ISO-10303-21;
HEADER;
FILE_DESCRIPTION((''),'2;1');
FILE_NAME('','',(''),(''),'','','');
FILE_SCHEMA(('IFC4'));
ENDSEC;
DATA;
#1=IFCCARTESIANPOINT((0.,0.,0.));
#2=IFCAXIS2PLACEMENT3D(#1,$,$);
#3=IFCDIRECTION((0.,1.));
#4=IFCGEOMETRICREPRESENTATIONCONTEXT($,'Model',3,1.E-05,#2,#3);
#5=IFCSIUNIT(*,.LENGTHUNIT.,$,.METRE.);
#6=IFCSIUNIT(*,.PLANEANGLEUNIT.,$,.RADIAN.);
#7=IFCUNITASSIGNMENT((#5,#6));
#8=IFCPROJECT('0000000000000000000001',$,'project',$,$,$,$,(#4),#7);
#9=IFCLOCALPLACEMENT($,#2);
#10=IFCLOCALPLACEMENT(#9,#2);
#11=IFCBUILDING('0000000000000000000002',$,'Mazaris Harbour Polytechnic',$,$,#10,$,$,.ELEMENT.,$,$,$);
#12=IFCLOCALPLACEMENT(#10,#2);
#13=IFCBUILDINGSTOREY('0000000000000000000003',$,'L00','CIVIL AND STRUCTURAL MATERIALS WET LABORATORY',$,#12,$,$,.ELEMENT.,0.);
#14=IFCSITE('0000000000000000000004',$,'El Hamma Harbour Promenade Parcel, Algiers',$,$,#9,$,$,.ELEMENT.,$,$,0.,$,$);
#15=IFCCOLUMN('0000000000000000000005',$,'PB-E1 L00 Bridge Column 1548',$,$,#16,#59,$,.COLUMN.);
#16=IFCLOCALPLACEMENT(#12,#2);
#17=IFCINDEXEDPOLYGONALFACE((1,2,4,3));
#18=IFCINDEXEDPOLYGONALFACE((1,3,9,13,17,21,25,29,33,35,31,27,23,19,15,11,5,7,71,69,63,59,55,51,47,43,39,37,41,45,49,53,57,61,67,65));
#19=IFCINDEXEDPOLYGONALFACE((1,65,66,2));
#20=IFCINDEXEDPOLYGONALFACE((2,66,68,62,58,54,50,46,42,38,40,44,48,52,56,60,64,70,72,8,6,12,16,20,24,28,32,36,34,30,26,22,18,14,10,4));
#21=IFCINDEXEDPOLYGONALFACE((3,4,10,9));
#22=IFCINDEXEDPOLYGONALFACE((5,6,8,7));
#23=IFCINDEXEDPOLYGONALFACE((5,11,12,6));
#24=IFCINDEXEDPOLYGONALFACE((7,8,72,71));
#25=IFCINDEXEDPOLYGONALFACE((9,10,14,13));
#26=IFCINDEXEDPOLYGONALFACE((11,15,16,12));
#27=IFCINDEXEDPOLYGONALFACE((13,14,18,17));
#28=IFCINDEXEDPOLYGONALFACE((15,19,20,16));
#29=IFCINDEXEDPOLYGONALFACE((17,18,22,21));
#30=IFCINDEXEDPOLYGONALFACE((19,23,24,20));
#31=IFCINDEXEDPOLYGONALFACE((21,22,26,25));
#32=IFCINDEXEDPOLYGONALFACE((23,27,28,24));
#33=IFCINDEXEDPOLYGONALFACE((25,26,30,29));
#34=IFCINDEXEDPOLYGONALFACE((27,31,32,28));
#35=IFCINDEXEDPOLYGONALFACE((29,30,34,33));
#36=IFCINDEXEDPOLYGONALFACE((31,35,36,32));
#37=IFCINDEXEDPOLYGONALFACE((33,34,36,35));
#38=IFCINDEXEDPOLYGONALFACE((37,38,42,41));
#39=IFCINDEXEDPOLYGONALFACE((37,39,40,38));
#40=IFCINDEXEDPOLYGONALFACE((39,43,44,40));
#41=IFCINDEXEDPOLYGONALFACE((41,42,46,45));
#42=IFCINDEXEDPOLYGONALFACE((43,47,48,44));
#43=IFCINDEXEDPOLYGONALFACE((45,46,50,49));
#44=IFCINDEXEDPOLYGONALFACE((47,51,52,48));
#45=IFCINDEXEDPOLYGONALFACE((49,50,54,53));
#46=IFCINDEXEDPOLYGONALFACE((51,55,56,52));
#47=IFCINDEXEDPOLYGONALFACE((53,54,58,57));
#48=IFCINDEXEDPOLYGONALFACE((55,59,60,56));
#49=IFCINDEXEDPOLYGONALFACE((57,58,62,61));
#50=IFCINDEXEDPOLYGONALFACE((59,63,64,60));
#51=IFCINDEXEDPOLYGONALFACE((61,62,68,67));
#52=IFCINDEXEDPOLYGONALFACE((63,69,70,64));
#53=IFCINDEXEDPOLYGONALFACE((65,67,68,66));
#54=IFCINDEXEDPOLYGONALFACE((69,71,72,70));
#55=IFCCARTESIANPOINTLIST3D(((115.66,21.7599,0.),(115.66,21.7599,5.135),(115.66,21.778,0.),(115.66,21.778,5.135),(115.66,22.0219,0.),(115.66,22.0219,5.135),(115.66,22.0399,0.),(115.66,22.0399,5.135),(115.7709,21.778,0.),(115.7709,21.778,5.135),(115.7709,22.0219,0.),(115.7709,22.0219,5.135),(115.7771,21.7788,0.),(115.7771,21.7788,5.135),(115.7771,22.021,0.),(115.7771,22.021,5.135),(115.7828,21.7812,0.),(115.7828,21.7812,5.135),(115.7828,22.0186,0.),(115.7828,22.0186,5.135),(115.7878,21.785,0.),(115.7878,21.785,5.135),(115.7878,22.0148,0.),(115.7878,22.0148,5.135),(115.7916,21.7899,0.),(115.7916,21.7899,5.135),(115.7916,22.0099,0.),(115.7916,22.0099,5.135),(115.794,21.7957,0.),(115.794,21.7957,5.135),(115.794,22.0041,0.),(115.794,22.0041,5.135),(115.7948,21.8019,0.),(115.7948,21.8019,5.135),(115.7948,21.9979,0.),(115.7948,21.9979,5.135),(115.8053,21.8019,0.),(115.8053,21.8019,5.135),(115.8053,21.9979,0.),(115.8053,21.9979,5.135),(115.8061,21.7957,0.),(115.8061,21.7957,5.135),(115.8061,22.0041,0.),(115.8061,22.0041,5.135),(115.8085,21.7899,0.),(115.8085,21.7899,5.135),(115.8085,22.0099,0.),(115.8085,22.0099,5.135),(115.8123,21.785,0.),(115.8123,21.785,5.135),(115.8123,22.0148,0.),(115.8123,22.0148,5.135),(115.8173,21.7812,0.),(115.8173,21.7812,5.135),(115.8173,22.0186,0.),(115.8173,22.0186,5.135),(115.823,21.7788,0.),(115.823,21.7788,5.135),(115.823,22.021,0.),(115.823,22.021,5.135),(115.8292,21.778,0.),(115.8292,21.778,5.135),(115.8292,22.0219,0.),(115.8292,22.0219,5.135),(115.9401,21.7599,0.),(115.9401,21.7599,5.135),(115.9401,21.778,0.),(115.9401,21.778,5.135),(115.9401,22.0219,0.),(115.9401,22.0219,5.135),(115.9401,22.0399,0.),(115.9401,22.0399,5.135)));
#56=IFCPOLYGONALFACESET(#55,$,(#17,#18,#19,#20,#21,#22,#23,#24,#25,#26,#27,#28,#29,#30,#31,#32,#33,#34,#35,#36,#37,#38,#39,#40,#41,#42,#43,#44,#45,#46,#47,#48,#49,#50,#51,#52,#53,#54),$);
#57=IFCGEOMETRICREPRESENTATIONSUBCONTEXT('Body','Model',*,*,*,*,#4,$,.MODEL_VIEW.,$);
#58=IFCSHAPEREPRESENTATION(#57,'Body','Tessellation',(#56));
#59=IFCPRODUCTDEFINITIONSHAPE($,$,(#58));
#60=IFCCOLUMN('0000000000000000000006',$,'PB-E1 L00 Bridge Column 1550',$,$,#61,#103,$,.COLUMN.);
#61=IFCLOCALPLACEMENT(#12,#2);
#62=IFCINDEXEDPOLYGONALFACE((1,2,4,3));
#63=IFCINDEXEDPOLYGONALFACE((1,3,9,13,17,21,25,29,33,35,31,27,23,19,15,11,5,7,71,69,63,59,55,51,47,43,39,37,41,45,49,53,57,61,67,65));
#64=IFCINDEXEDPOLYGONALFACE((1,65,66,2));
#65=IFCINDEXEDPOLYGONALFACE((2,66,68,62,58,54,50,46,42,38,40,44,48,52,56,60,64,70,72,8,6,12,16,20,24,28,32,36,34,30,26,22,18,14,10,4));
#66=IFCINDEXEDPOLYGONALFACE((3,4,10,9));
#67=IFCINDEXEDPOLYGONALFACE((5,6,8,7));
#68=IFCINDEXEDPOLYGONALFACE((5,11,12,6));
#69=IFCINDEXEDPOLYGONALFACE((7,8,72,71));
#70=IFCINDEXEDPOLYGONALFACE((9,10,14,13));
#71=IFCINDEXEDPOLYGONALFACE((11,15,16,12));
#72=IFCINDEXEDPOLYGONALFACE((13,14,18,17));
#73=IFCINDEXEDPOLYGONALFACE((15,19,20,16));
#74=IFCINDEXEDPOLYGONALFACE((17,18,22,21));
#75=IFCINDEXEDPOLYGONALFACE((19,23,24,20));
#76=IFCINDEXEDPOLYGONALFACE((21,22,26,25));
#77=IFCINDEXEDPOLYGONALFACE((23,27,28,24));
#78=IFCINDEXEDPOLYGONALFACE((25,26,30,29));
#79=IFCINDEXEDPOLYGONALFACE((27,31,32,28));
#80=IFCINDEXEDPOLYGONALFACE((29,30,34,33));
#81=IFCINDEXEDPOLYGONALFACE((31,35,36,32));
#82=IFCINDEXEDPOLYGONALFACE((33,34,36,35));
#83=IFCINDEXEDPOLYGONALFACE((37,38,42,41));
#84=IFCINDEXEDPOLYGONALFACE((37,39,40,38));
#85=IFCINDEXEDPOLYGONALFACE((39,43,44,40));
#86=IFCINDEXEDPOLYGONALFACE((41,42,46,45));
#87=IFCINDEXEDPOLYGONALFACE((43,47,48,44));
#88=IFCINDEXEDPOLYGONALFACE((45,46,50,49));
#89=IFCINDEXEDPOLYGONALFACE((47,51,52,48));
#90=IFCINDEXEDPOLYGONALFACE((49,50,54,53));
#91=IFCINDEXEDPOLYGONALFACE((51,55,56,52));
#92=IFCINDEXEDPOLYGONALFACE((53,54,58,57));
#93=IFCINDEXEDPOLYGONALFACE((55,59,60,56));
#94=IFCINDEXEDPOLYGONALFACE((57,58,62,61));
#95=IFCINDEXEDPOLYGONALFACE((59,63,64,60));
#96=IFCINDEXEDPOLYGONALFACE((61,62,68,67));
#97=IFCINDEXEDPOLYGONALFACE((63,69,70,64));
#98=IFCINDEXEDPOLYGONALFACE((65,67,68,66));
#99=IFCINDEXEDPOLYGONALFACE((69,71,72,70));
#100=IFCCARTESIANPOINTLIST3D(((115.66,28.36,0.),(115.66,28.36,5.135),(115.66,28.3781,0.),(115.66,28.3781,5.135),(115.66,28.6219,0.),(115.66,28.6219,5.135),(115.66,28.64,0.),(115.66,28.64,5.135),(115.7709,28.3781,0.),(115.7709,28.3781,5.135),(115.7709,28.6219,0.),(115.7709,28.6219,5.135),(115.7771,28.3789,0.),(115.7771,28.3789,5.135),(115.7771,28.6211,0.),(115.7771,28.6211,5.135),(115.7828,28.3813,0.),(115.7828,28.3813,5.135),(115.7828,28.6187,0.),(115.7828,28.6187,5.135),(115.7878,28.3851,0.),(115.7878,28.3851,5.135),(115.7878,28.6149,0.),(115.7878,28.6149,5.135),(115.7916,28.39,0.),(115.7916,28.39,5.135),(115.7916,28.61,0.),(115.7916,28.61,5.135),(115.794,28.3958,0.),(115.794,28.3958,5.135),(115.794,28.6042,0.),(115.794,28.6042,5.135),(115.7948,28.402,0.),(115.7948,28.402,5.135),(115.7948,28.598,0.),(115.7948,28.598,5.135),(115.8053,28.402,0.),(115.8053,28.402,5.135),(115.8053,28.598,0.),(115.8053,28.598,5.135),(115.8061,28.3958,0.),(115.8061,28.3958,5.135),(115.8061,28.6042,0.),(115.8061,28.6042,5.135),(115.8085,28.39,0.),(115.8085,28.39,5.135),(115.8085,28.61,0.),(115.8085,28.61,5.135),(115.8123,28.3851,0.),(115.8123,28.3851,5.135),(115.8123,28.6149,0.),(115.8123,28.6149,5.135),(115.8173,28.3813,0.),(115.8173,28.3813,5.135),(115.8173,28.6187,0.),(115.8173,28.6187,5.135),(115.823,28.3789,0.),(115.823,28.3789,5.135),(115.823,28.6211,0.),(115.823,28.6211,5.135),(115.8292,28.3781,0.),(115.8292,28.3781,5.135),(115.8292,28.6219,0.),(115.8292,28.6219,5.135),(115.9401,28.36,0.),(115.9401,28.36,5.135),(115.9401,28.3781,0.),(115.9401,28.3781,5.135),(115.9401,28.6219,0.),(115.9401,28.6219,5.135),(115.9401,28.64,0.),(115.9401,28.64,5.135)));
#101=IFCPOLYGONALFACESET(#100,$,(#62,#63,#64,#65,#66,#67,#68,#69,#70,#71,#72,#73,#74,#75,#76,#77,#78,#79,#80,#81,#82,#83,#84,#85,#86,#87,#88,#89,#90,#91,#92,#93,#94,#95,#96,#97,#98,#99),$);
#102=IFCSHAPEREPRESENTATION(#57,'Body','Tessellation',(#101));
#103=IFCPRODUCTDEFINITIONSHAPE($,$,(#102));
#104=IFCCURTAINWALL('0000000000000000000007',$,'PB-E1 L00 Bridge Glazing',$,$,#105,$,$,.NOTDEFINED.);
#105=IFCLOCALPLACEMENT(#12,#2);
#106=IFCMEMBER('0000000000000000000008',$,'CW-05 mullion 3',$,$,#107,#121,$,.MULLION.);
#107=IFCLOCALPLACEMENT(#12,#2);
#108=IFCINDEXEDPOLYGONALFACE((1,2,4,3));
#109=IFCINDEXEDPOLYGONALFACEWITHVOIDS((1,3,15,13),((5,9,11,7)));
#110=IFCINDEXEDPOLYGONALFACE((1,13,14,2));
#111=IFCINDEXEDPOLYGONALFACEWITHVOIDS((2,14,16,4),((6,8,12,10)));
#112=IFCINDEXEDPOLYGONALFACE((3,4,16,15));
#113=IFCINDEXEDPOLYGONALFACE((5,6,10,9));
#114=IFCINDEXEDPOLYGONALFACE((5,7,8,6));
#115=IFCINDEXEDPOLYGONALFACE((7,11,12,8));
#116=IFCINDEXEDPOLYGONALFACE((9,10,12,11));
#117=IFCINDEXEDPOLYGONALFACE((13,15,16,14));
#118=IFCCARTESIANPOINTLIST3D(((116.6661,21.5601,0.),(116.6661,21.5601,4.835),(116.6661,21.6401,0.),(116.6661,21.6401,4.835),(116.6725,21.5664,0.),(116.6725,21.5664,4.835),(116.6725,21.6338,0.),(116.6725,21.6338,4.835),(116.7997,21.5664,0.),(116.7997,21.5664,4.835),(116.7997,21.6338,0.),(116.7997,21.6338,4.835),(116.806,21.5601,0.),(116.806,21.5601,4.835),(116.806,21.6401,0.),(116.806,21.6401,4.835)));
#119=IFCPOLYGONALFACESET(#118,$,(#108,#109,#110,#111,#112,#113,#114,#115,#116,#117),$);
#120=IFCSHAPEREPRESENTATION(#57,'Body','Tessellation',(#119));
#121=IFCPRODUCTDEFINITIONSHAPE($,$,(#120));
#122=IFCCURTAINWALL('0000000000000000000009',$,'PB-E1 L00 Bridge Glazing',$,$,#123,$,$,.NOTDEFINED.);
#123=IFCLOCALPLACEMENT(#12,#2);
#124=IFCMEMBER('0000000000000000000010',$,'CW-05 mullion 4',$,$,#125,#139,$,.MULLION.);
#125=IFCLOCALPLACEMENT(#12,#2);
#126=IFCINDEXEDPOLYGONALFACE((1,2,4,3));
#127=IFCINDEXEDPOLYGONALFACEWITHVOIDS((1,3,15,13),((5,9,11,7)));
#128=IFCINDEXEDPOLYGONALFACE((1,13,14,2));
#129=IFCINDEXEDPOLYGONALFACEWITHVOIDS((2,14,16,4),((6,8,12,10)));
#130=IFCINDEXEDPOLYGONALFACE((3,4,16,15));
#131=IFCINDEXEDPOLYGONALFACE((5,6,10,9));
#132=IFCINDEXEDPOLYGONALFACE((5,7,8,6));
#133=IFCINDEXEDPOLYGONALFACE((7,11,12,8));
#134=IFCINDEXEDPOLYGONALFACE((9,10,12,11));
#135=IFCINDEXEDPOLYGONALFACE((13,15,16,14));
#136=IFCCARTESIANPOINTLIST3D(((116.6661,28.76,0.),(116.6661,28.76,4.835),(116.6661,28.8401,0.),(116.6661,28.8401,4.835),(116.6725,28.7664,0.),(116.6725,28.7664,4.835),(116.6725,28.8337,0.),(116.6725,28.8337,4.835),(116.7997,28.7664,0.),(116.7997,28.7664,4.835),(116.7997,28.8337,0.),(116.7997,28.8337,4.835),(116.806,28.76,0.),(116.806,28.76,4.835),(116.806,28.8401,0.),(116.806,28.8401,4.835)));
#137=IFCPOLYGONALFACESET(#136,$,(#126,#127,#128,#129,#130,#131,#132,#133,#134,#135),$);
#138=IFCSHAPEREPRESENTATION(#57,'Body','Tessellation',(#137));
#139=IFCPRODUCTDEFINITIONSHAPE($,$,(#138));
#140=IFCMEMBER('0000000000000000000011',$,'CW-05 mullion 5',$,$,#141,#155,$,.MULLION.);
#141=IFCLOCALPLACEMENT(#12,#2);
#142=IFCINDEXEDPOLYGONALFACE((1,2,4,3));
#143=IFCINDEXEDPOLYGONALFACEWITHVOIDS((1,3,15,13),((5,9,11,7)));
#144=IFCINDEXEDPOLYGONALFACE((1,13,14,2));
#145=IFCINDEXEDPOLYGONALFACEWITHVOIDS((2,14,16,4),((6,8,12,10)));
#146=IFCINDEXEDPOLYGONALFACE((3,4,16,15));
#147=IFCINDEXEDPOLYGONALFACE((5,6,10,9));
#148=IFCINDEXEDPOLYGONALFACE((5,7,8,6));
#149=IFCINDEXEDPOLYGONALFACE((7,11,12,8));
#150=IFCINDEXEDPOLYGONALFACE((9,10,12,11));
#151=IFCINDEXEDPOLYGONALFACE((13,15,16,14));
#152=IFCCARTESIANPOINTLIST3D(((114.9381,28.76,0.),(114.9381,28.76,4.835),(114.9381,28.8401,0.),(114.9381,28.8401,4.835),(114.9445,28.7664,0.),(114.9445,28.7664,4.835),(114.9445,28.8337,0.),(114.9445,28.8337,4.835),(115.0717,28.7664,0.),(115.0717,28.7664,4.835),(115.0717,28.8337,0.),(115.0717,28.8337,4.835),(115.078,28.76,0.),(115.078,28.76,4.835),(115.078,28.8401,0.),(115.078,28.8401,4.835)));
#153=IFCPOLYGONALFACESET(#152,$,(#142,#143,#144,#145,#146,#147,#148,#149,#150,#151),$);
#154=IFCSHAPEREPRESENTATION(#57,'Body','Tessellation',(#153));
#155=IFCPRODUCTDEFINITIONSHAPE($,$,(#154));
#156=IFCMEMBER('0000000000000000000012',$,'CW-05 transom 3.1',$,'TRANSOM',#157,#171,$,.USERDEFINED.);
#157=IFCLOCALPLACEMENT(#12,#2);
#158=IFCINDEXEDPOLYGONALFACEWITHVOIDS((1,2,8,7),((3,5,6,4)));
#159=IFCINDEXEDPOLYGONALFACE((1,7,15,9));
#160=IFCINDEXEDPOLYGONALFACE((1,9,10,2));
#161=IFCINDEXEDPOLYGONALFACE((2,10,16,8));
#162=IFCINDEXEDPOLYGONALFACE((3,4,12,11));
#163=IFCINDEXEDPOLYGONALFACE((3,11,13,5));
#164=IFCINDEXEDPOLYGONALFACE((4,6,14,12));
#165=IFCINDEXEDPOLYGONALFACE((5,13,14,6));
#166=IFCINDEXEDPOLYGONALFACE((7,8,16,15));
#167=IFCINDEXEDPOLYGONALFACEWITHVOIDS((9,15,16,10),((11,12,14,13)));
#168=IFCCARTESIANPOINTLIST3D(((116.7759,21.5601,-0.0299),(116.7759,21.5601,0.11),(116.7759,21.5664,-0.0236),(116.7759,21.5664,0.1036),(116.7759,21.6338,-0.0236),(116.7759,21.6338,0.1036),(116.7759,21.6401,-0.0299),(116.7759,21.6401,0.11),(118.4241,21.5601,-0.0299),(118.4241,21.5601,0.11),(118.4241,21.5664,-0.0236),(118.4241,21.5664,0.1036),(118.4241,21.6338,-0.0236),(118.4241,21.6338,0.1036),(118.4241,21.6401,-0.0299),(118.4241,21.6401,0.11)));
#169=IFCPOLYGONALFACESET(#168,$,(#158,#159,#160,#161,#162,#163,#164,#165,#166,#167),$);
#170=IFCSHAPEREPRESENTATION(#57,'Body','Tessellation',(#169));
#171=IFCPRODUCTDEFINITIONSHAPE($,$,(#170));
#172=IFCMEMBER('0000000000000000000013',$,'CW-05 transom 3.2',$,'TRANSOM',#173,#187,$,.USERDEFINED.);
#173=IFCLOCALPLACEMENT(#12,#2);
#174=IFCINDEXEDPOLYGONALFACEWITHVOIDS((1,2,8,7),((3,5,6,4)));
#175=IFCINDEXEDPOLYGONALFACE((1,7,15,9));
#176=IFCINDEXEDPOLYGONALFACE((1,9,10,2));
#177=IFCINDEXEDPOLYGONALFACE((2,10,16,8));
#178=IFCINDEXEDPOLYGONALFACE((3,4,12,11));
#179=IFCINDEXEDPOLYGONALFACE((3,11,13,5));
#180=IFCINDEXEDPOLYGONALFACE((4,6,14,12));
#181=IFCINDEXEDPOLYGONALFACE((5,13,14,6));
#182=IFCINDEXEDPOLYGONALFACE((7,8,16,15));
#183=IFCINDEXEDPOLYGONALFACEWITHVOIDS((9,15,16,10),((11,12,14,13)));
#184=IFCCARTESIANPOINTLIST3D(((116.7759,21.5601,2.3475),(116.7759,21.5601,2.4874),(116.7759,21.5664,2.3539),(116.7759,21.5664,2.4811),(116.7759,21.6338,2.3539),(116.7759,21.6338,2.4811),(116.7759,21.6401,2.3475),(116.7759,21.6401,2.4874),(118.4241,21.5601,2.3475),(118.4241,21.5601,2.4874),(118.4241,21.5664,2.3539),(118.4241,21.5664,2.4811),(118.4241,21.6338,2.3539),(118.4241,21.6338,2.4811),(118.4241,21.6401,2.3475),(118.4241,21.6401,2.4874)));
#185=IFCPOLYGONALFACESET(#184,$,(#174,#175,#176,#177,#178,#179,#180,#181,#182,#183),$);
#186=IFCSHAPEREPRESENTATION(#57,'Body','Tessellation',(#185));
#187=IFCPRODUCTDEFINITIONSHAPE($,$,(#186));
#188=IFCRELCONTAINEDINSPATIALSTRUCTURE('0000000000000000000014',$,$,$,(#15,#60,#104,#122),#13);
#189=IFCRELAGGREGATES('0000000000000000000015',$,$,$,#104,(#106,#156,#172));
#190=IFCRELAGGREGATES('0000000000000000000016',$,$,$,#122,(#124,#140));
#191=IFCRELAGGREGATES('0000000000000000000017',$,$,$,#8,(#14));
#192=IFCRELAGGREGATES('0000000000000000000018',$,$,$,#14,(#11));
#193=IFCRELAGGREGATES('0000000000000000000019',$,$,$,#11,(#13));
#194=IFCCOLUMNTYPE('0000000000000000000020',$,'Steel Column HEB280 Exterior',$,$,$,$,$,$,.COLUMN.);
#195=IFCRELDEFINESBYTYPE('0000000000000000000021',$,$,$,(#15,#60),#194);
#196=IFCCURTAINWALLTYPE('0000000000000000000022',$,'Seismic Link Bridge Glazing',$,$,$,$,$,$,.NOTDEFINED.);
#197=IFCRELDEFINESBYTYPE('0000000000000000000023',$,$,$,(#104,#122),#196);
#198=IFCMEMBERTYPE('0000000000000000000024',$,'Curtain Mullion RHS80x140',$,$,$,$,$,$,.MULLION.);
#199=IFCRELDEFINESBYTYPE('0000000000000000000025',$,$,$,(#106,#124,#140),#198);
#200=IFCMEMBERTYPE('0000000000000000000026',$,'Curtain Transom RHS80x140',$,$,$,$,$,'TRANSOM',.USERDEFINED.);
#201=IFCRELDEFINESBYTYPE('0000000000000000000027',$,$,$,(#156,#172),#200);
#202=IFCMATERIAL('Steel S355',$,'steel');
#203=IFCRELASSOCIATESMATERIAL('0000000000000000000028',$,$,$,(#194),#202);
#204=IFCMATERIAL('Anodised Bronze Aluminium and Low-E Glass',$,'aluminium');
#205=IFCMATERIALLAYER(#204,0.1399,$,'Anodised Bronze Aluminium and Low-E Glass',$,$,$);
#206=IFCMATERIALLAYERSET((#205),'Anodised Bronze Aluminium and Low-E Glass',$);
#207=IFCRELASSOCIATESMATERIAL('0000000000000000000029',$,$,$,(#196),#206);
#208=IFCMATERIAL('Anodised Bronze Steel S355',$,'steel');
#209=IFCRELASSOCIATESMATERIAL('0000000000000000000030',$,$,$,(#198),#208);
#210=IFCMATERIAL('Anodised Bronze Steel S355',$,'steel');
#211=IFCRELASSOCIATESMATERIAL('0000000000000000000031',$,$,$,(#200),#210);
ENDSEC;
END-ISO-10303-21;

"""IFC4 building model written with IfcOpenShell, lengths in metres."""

from ifc_helpers import new_model, si_unit, direction, frame, origin, origin_2d, place, context, subcontext, project, spatial, hollow_rectangle, i_section, extrude, material, layer, layer_set, material_profile, profile_set, type_object, element, aggregate, save


model = new_model("IFC4")

# Units and contexts
model_context = context("Model", 3, precision=1e-05, world=origin(), true_north=direction((0.0, 1.0)))
body_context = subcontext(model_context, "Body", "Model", "MODEL_VIEW")
ifc_project = project(units=[si_unit("LENGTHUNIT", "METRE"), si_unit("PLANEANGLEUNIT", "RADIAN")], contexts=[model_context])

# Site, building, storey
site_placement = place(None, origin())
site = spatial("IfcSite", under=ifc_project, at=site_placement, Name="El Hamma Harbour Promenade Parcel, Algiers", CompositionType="ELEMENT", RefElevation=0.0)
building_placement = place(site_placement, origin())
building = spatial("IfcBuilding", under=site, at=building_placement, Name="Mazaris Harbour Polytechnic", CompositionType="ELEMENT")
storey_placement = place(building_placement, origin())
storey = spatial("IfcBuildingStorey", under=building, at=storey_placement, Name="L00", Description="CIVIL AND STRUCTURAL MATERIALS WET LABORATORY", CompositionType="ELEMENT", Elevation=0.0)

# Columns
ifc_material_1 = material(Name="Steel S355", Category="steel")
ifc_material_profile_1 = material_profile(ifc_material_1, i_section(OverallWidth=0.28, OverallDepth=0.28, WebThickness=0.0105, FlangeThickness=0.0181, FilletRadius=0.0239, at=origin_2d()), Name="HEB 280")
ifc_profile_set_1 = profile_set([ifc_material_profile_1], Name="Steel S355")
column_type = type_object("IfcColumnType", Name="Steel Column HEB280 Exterior", PredefinedType="COLUMN", material=ifc_profile_set_1)
for number, where, z_axis, x_axis, name in (
    (1, (115.8, 21.8999, 0.0), (0.0, 0.0, 1.0), (1.0, 0.0, 0.0), "PB-E1 L00 Bridge Column 1548"),
    (2, (115.8, 28.5, 0.0), (0.0, 0.0, 1.0), (1.0, 0.0, 0.0), "PB-E1 L00 Bridge Column 1550"),
):
    element("IfcColumn", number, at=place(storey_placement, frame(where, z_axis=z_axis, x_axis=x_axis)), inside=storey, type_object=column_type, Name=name, PredefinedType="COLUMN", context=body_context, shape_type="SweptSolid", body=[
        extrude(i_section(OverallWidth=0.28, OverallDepth=0.28, WebThickness=0.0105, FlangeThickness=0.0181, FilletRadius=0.0239, at=origin_2d()), origin(), (0.0, 0.0, 1.0), 5.135),
    ])

# Curtain wall, member
ifc_material_2 = material(Name="Anodised Bronze Aluminium and Low-E Glass", Category="aluminium")
ifc_layer_1 = layer(ifc_material_2, 0.1399, Name="Anodised Bronze Aluminium and Low-E Glass")
ifc_layer_set_1 = layer_set([ifc_layer_1], Name="Anodised Bronze Aluminium and Low-E Glass")
curtain_wall_type = type_object("IfcCurtainWallType", Name="Seismic Link Bridge Glazing", PredefinedType="NOTDEFINED", material=ifc_layer_set_1)
curtain_wall_1_placement = place(storey_placement, origin())
curtain_wall_1 = element("IfcCurtainWall", 3, at=curtain_wall_1_placement, inside=storey, type_object=curtain_wall_type, Name="PB-E1 L00 Bridge Glazing", PredefinedType="NOTDEFINED")
ifc_material_3 = material(Name="Anodised Bronze Steel S355", Category="steel")
ifc_material_profile_2 = material_profile(ifc_material_3, hollow_rectangle(XDim=0.0801, YDim=0.1399, WallThickness=0.0063, at=origin_2d()), Name="RHS 80x140x6.3")
ifc_profile_set_2 = profile_set([ifc_material_profile_2], Name="Anodised Bronze Steel S355")
member_type_1 = type_object("IfcMemberType", Name="Curtain Mullion RHS80x140", PredefinedType="MULLION", material=ifc_profile_set_2)
member_1_placement = place(storey_placement, frame((116.7361, 21.6001, 0.0), z_axis=(0.0, 0.0, 1.0), x_axis=(0.0, 1.0, 0.0)))
member_1 = element("IfcMember", 4, at=member_1_placement, type_object=member_type_1, Name="CW-05 mullion 3", PredefinedType="MULLION", context=body_context, shape_type="SweptSolid", body=[
    extrude(hollow_rectangle(XDim=0.0801, YDim=0.1399, WallThickness=0.0063, at=origin_2d()), origin(), (0.0, 0.0, 1.0), 4.835),
])

# Curtain wall, members
curtain_wall_2_placement = place(storey_placement, origin())
curtain_wall_2 = element("IfcCurtainWall", 5, at=curtain_wall_2_placement, inside=storey, type_object=curtain_wall_type, Name="PB-E1 L00 Bridge Glazing", PredefinedType="NOTDEFINED")
member_2_placement = place(storey_placement, frame((116.7361, 28.8, 0.0), z_axis=(0.0, 0.0, 1.0), x_axis=(0.0, -1.0, 0.0)))
member_2 = element("IfcMember", 6, at=member_2_placement, type_object=member_type_1, Name="CW-05 mullion 4", PredefinedType="MULLION", context=body_context, shape_type="SweptSolid", body=[
    extrude(hollow_rectangle(XDim=0.0801, YDim=0.1399, WallThickness=0.0063, at=origin_2d()), origin(), (0.0, 0.0, 1.0), 4.835),
])
member_3_placement = place(storey_placement, frame((115.0081, 28.8, 0.0), z_axis=(0.0, 0.0, 1.0), x_axis=(0.0, -1.0, 0.0)))
member_3 = element("IfcMember", 7, at=member_3_placement, type_object=member_type_1, Name="CW-05 mullion 5", PredefinedType="MULLION", context=body_context, shape_type="SweptSolid", body=[
    extrude(hollow_rectangle(XDim=0.0801, YDim=0.1399, WallThickness=0.0063, at=origin_2d()), origin(), (0.0, 0.0, 1.0), 4.835),
])

# Members
ifc_material_4 = material(Name="Anodised Bronze Steel S355", Category="steel")
ifc_material_profile_3 = material_profile(ifc_material_4, hollow_rectangle(XDim=0.0801, YDim=0.1399, WallThickness=0.0063, at=origin_2d()), Name="RHS 80x140x6.3")
ifc_profile_set_3 = profile_set([ifc_material_profile_3], Name="Anodised Bronze Steel S355")
member_type_2 = type_object("IfcMemberType", Name="Curtain Transom RHS80x140", ElementType="TRANSOM", PredefinedType="USERDEFINED", material=ifc_profile_set_3)
member_4_placement = place(storey_placement, frame((116.7759, 21.6001, 0.04), z_axis=(1.0, 0.0, 0.0), x_axis=(0.0, 1.0, 0.0)))
member_4 = element("IfcMember", 8, at=member_4_placement, type_object=member_type_2, Name="CW-05 transom 3.1", ObjectType="TRANSOM", PredefinedType="USERDEFINED", context=body_context, shape_type="SweptSolid", body=[
    extrude(hollow_rectangle(XDim=0.0801, YDim=0.1399, WallThickness=0.0063, at=origin_2d()), origin(), (0.0, 0.0, 1.0), 1.6482),
])
member_5_placement = place(storey_placement, frame((116.7759, 21.6001, 2.4175), z_axis=(1.0, 0.0, 0.0), x_axis=(0.0, 1.0, 0.0)))
member_5 = element("IfcMember", 9, at=member_5_placement, type_object=member_type_2, Name="CW-05 transom 3.2", ObjectType="TRANSOM", PredefinedType="USERDEFINED", context=body_context, shape_type="SweptSolid", body=[
    extrude(hollow_rectangle(XDim=0.0801, YDim=0.1399, WallThickness=0.0063, at=origin_2d()), origin(), (0.0, 0.0, 1.0), 1.6482),
])

aggregate(curtain_wall_1, [member_1, member_4, member_5])
aggregate(curtain_wall_2, [member_2, member_3])

save(model, "model.ifc")
